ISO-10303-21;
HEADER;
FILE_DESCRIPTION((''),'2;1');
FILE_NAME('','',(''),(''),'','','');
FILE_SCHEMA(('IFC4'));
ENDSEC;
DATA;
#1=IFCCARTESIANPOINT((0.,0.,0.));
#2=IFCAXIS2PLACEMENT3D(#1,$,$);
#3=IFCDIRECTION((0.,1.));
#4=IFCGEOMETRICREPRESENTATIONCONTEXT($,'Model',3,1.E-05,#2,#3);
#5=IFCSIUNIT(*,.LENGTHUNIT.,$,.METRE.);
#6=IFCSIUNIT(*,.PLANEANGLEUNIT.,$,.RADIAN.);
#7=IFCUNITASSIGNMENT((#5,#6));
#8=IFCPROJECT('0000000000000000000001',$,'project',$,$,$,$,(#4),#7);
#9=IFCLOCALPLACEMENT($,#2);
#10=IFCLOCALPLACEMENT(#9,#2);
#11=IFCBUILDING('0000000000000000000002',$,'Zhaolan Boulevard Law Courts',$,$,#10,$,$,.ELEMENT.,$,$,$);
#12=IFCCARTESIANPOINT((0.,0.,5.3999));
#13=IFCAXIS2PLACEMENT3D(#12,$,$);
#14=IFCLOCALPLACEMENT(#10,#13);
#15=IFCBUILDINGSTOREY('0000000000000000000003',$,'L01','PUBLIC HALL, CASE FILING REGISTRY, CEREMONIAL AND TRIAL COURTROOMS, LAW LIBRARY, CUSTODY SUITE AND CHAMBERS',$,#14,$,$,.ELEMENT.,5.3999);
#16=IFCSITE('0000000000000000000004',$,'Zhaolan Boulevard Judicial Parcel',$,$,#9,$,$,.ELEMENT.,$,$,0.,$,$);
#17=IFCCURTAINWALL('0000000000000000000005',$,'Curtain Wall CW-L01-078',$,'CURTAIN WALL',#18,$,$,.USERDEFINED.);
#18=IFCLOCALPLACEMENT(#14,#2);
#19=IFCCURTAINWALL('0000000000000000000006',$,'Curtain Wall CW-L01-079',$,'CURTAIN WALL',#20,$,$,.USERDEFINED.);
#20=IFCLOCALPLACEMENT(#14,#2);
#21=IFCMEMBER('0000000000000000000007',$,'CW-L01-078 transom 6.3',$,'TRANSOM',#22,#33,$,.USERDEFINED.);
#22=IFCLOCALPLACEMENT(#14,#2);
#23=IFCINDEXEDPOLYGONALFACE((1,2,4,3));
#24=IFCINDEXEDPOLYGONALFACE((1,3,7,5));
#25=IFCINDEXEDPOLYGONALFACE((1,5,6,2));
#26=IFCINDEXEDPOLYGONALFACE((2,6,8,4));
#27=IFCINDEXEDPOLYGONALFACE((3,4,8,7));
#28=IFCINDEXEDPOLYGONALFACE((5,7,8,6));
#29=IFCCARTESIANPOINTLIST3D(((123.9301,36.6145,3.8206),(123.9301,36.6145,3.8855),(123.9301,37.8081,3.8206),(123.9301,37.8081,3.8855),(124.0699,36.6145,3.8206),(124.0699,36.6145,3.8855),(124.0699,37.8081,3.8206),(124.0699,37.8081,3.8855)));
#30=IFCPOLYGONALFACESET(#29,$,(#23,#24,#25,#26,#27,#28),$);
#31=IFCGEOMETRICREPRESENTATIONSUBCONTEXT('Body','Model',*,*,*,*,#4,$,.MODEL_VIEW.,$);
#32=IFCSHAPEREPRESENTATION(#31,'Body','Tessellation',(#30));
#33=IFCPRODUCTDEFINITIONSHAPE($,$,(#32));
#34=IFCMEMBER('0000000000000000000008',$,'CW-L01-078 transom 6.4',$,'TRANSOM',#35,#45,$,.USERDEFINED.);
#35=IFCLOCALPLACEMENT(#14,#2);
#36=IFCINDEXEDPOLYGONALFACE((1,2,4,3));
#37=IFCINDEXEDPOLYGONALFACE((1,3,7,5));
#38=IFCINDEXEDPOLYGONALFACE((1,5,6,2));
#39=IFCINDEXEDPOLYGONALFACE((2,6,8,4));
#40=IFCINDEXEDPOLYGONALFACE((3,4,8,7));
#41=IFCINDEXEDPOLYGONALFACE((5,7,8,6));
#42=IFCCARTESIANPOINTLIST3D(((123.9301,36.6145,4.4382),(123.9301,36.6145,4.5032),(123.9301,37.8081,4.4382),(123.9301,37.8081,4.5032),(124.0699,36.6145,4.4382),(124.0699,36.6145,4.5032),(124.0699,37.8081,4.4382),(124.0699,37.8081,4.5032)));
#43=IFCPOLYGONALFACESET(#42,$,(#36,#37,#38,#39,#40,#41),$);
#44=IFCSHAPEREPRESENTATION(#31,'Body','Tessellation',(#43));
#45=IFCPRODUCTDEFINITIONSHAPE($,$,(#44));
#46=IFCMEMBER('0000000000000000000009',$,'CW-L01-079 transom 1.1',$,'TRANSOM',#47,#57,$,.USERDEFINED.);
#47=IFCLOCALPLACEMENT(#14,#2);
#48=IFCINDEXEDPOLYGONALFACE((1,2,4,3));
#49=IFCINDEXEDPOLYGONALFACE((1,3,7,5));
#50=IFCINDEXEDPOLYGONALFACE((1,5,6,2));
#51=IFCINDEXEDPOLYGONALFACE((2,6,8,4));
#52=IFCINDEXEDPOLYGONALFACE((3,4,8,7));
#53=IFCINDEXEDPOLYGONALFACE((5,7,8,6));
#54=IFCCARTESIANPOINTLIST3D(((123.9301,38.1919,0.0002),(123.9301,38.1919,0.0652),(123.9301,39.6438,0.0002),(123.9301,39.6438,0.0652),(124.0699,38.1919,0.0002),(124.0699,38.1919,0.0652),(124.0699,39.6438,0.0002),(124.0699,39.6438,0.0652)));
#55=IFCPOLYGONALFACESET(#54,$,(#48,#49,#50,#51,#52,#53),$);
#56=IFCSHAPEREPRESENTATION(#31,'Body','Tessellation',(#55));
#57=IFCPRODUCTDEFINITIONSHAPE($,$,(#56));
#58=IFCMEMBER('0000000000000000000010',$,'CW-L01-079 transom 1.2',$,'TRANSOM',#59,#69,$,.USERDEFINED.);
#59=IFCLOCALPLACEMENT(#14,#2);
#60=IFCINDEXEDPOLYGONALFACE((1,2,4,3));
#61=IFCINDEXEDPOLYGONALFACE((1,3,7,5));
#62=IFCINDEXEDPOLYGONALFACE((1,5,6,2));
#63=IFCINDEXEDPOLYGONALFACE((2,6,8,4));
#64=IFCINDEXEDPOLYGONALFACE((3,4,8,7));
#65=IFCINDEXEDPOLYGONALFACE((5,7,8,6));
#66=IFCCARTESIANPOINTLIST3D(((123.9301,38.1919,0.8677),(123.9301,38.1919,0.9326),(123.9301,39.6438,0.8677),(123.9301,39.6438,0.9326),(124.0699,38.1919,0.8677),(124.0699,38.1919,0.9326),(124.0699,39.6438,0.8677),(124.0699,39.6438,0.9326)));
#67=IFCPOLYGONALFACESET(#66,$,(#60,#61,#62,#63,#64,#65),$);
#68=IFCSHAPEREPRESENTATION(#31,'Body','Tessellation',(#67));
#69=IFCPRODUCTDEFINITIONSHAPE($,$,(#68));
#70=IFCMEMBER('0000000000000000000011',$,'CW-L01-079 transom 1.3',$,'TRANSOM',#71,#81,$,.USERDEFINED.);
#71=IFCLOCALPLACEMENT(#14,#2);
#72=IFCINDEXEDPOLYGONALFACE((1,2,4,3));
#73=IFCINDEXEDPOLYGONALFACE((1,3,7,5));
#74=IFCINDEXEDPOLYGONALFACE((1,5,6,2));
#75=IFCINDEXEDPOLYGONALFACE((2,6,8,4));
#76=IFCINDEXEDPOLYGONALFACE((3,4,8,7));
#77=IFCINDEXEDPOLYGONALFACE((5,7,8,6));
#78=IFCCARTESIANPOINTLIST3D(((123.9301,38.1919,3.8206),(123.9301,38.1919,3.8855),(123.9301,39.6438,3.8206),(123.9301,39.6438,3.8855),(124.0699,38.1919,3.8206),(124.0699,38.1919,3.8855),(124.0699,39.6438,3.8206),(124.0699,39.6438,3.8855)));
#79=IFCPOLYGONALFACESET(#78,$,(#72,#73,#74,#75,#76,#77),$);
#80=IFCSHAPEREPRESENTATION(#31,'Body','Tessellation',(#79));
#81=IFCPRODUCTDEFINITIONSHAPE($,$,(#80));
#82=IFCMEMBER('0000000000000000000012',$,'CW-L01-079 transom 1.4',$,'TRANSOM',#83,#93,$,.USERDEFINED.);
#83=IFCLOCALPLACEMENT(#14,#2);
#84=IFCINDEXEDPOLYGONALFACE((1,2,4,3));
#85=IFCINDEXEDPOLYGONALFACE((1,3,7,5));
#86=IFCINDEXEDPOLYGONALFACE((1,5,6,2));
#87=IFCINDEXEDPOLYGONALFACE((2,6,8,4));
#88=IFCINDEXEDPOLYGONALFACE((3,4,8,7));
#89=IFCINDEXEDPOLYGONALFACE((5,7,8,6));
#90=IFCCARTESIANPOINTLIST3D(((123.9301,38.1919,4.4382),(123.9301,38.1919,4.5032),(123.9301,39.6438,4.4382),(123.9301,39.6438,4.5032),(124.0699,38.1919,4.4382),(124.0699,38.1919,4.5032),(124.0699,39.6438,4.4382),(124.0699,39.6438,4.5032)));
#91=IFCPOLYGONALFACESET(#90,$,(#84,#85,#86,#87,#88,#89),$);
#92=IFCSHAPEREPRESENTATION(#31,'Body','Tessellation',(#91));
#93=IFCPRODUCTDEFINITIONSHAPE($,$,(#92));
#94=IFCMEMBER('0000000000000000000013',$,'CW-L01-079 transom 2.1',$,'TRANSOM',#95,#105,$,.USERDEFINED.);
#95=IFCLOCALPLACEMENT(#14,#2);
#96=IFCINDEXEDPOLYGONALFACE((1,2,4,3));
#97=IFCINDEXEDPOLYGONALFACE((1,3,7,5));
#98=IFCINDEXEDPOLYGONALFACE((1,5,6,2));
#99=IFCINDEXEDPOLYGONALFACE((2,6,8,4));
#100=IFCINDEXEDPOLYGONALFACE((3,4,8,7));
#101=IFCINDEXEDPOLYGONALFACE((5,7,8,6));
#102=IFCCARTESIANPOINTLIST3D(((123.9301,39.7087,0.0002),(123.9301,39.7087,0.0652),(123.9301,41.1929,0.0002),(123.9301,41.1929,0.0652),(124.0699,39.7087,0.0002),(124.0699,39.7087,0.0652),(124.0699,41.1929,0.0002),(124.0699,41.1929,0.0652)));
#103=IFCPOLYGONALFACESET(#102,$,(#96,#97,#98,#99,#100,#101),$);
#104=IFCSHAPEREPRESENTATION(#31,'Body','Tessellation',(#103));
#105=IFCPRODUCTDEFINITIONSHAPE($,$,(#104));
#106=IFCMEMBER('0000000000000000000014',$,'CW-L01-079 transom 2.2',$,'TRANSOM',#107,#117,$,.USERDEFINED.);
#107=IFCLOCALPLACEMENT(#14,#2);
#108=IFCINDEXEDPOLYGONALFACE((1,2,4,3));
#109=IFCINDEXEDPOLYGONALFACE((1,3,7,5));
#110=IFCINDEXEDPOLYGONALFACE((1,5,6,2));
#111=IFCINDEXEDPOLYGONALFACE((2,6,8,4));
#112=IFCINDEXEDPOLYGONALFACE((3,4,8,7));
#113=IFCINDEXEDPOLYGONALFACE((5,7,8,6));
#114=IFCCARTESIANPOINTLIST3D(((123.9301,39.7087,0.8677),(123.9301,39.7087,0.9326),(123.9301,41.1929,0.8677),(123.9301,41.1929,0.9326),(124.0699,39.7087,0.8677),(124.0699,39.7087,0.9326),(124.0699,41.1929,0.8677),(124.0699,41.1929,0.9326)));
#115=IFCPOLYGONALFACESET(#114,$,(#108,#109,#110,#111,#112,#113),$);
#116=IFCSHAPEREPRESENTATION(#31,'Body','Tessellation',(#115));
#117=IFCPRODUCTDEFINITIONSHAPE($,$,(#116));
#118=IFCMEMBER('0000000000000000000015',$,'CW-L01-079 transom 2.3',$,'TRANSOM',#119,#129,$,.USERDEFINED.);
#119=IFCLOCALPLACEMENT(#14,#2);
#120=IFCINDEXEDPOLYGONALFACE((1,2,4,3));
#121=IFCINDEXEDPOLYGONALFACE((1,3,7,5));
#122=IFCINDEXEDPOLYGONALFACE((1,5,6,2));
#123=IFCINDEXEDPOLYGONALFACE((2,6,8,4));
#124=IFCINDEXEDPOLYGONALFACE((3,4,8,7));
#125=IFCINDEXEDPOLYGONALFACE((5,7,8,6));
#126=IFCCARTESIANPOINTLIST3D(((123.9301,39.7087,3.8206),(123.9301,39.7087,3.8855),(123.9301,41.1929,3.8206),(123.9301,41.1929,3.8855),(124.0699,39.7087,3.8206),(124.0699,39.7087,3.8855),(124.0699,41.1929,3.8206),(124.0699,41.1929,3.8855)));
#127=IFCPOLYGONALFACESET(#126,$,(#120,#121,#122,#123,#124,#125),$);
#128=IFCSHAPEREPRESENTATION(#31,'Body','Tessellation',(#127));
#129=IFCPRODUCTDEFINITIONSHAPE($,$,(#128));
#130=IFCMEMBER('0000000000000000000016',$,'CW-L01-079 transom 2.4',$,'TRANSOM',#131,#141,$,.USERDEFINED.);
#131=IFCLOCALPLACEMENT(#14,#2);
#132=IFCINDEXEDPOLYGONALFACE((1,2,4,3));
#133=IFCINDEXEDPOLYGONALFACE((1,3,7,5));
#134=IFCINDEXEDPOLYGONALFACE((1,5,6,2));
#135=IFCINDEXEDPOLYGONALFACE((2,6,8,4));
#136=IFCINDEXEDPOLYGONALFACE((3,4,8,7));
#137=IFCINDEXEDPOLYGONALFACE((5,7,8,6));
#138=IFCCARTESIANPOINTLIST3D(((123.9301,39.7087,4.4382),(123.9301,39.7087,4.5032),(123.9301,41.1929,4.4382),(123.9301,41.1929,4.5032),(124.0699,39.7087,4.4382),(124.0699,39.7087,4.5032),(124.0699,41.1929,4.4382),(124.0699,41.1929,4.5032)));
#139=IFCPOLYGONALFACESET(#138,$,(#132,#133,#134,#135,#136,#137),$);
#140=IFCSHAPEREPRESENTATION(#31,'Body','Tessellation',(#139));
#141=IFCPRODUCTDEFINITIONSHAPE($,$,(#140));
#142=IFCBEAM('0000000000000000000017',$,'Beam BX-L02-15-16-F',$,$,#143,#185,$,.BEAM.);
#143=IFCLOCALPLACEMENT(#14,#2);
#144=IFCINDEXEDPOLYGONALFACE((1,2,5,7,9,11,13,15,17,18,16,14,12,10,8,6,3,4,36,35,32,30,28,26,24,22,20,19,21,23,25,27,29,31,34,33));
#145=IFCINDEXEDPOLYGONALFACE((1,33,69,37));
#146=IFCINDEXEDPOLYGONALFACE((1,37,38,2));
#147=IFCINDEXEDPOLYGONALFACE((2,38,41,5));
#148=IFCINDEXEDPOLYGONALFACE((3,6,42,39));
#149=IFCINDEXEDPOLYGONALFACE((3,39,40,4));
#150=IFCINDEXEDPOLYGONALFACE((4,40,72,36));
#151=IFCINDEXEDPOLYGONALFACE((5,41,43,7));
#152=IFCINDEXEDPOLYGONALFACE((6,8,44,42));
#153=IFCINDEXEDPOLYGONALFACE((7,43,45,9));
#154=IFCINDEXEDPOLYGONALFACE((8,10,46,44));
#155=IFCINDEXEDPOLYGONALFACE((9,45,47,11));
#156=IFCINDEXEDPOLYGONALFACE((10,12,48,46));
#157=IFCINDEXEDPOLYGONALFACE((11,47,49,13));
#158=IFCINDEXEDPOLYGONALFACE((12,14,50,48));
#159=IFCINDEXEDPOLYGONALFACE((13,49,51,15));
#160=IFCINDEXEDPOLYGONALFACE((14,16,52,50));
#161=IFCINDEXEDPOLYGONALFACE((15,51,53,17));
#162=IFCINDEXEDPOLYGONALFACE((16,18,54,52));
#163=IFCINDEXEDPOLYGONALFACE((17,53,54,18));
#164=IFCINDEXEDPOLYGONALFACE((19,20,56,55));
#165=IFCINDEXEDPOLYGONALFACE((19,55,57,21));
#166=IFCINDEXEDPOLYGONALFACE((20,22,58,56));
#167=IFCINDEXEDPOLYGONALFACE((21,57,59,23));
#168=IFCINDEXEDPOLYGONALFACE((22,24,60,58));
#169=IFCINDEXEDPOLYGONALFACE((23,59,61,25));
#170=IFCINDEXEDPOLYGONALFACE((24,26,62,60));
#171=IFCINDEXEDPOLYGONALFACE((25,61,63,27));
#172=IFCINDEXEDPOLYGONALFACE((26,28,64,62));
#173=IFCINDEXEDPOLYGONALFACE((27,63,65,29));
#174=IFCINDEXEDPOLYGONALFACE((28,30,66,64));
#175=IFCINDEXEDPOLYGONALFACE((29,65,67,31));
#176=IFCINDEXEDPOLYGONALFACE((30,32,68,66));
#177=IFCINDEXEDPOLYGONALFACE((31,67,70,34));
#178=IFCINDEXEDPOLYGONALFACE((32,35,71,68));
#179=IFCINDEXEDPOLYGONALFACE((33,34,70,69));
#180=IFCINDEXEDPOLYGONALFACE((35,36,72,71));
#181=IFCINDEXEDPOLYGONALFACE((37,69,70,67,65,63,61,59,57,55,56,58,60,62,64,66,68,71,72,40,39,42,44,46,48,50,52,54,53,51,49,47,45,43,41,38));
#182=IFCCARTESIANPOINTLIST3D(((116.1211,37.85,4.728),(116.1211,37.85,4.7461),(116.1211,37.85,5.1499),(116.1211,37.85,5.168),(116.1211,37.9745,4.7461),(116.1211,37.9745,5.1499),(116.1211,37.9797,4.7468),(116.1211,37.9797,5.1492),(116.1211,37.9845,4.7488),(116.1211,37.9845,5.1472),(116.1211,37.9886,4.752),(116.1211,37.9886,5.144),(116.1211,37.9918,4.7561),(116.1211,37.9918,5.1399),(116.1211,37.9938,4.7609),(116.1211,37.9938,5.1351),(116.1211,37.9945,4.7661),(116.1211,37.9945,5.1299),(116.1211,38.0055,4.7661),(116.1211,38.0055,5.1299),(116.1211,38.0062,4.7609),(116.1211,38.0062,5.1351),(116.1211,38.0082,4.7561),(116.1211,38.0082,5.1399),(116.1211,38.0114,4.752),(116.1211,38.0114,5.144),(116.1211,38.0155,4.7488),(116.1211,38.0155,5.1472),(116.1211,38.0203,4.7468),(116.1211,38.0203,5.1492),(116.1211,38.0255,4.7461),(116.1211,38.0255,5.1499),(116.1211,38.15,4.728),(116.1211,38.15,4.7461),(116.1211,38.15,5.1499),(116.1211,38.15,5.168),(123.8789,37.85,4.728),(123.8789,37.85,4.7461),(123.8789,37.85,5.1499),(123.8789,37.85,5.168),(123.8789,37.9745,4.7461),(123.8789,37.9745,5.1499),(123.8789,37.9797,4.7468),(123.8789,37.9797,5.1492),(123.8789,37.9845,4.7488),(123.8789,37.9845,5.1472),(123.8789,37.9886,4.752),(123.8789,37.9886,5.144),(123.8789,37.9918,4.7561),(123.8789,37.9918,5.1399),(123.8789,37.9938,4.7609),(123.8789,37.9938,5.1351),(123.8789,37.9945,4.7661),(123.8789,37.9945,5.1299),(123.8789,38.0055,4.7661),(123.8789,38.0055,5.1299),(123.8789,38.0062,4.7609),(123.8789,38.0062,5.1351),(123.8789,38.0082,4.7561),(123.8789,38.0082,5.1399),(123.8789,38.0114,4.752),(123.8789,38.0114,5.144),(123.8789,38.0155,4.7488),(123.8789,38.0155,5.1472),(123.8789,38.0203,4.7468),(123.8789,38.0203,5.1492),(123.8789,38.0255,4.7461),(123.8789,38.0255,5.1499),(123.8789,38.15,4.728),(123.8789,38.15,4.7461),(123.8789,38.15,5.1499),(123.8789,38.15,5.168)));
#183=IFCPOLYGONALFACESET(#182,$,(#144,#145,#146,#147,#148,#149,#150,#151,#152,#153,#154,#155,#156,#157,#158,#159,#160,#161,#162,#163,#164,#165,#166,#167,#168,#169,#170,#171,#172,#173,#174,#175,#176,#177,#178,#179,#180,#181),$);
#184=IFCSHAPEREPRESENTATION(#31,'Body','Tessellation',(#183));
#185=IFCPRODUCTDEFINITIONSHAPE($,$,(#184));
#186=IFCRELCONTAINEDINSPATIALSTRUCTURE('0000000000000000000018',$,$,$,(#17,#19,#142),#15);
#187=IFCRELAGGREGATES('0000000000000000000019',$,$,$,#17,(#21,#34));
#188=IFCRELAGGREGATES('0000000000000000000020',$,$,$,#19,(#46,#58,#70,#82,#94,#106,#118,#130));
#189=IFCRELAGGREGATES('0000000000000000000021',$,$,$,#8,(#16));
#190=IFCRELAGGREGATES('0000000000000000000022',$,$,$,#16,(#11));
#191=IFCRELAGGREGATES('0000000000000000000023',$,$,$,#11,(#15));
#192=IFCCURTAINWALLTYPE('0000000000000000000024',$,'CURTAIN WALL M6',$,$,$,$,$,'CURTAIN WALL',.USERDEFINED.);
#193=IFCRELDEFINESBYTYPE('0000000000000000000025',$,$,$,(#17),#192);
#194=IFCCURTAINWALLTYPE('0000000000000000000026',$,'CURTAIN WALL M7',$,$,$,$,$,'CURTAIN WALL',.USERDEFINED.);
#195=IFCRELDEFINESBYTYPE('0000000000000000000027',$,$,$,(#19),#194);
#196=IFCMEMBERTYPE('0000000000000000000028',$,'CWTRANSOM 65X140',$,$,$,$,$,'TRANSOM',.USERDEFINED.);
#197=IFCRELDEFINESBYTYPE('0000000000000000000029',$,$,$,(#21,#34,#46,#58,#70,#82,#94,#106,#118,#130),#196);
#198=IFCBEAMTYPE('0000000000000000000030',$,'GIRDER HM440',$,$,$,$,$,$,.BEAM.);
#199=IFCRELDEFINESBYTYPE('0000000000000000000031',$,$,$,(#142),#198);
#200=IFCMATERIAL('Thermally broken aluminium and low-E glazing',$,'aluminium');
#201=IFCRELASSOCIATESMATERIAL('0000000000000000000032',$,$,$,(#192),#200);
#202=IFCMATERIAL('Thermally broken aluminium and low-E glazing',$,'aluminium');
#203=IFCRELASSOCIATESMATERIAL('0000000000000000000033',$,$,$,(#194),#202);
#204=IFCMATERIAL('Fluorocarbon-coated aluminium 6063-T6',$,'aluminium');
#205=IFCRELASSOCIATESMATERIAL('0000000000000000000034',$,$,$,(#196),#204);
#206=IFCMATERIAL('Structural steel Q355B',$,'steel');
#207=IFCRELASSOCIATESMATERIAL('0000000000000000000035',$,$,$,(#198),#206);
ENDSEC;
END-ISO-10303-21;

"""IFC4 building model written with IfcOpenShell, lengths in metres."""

from ifc_helpers import new_model, si_unit, direction, frame, origin, origin_2d, place, context, subcontext, project, spatial, rectangle, i_section, extrude, material, material_profile, profile_set, type_object, element, aggregate, save


model = new_model("IFC4")

# Units and contexts
model_context = context("Model", 3, precision=1e-05, world=origin(), true_north=direction((0.0, 1.0)))
body_context = subcontext(model_context, "Body", "Model", "MODEL_VIEW")
ifc_project = project(units=[si_unit("LENGTHUNIT", "METRE"), si_unit("PLANEANGLEUNIT", "RADIAN")], contexts=[model_context])

# Site, building, storey
site_placement = place(None, origin())
site = spatial("IfcSite", under=ifc_project, at=site_placement, Name="Zhaolan Boulevard Judicial Parcel", CompositionType="ELEMENT", RefElevation=0.0)
building_placement = place(site_placement, origin())
building = spatial("IfcBuilding", under=site, at=building_placement, Name="Zhaolan Boulevard Law Courts", CompositionType="ELEMENT")
storey_placement = place(building_placement, frame((0.0, 0.0, 5.3999)))
storey = spatial("IfcBuildingStorey", under=building, at=storey_placement, Name="L01", Description="PUBLIC HALL, CASE FILING REGISTRY, CEREMONIAL AND TRIAL COURTROOMS, LAW LIBRARY, CUSTODY SUITE AND CHAMBERS", CompositionType="ELEMENT", Elevation=5.3999)

# Curtain walls
ifc_material_1 = material(Name="Thermally broken aluminium and low-E glazing", Category="aluminium")
curtain_wall_type_1 = type_object("IfcCurtainWallType", Name="CURTAIN WALL M6", ElementType="CURTAIN WALL", PredefinedType="USERDEFINED", material=ifc_material_1)
curtain_wall_1_placement = place(storey_placement, origin())
curtain_wall_1 = element("IfcCurtainWall", 1, at=curtain_wall_1_placement, inside=storey, type_object=curtain_wall_type_1, Name="Curtain Wall CW-L01-078", ObjectType="CURTAIN WALL", PredefinedType="USERDEFINED")
ifc_material_2 = material(Name="Thermally broken aluminium and low-E glazing", Category="aluminium")
curtain_wall_type_2 = type_object("IfcCurtainWallType", Name="CURTAIN WALL M7", ElementType="CURTAIN WALL", PredefinedType="USERDEFINED", material=ifc_material_2)
curtain_wall_2_placement = place(storey_placement, origin())
curtain_wall_2 = element("IfcCurtainWall", 2, at=curtain_wall_2_placement, inside=storey, type_object=curtain_wall_type_2, Name="Curtain Wall CW-L01-079", ObjectType="CURTAIN WALL", PredefinedType="USERDEFINED")

# Members
ifc_material_3 = material(Name="Fluorocarbon-coated aluminium 6063-T6", Category="aluminium")
ifc_material_profile_1 = material_profile(ifc_material_3, rectangle(XDim=0.1399, YDim=0.0649, at=origin_2d()), Name="AL65x140")
ifc_profile_set_1 = profile_set([ifc_material_profile_1], Name="Fluorocarbon-coated aluminium 6063-T6")
member_type_1 = type_object("IfcMemberType", Name="CWTRANSOM 65X140", ElementType="TRANSOM", PredefinedType="USERDEFINED", material=ifc_profile_set_1)
member_1_placement = place(storey_placement, frame((124.0, 36.6145, 3.853), z_axis=(0.0, 1.0, 0.0), x_axis=(-1.0, 0.0, 0.0)))
member_1 = element("IfcMember", 3, at=member_1_placement, type_object=member_type_1, Name="CW-L01-078 transom 6.3", ObjectType="TRANSOM", PredefinedType="USERDEFINED", context=body_context, shape_type="SweptSolid", body=[
    extrude(rectangle(XDim=0.1399, YDim=0.0649, at=origin_2d()), origin(), (0.0, 0.0, 1.0), 1.1936),
])
member_2_placement = place(storey_placement, frame((124.0, 36.6145, 4.4707), z_axis=(0.0, 1.0, 0.0), x_axis=(-1.0, 0.0, 0.0)))
member_2 = element("IfcMember", 4, at=member_2_placement, type_object=member_type_1, Name="CW-L01-078 transom 6.4", ObjectType="TRANSOM", PredefinedType="USERDEFINED", context=body_context, shape_type="SweptSolid", body=[
    extrude(rectangle(XDim=0.1399, YDim=0.0649, at=origin_2d()), origin(), (0.0, 0.0, 1.0), 1.1936),
])
member_3_placement = place(storey_placement, frame((124.0, 38.1919, 0.0327), z_axis=(0.0, 1.0, 0.0), x_axis=(-1.0, 0.0, 0.0)))
member_3 = element("IfcMember", 5, at=member_3_placement, type_object=member_type_1, Name="CW-L01-079 transom 1.1", ObjectType="TRANSOM", PredefinedType="USERDEFINED", context=body_context, shape_type="SweptSolid", body=[
    extrude(rectangle(XDim=0.1399, YDim=0.0649, at=origin_2d()), origin(), (0.0, 0.0, 1.0), 1.4519),
])
member_4_placement = place(storey_placement, frame((124.0, 38.1919, 0.9001), z_axis=(0.0, 1.0, 0.0), x_axis=(-1.0, 0.0, 0.0)))
member_4 = element("IfcMember", 6, at=member_4_placement, type_object=member_type_1, Name="CW-L01-079 transom 1.2", ObjectType="TRANSOM", PredefinedType="USERDEFINED", context=body_context, shape_type="SweptSolid", body=[
    extrude(rectangle(XDim=0.1399, YDim=0.0649, at=origin_2d()), origin(), (0.0, 0.0, 1.0), 1.4519),
])
member_5_placement = place(storey_placement, frame((124.0, 38.1919, 3.853), z_axis=(0.0, 1.0, 0.0), x_axis=(-1.0, 0.0, 0.0)))
member_5 = element("IfcMember", 7, at=member_5_placement, type_object=member_type_1, Name="CW-L01-079 transom 1.3", ObjectType="TRANSOM", PredefinedType="USERDEFINED", context=body_context, shape_type="SweptSolid", body=[
    extrude(rectangle(XDim=0.1399, YDim=0.0649, at=origin_2d()), origin(), (0.0, 0.0, 1.0), 1.4519),
])
member_6_placement = place(storey_placement, frame((124.0, 38.1919, 4.4707), z_axis=(0.0, 1.0, 0.0), x_axis=(-1.0, 0.0, 0.0)))
member_6 = element("IfcMember", 8, at=member_6_placement, type_object=member_type_1, Name="CW-L01-079 transom 1.4", ObjectType="TRANSOM", PredefinedType="USERDEFINED", context=body_context, shape_type="SweptSolid", body=[
    extrude(rectangle(XDim=0.1399, YDim=0.0649, at=origin_2d()), origin(), (0.0, 0.0, 1.0), 1.4519),
])
member_7_placement = place(storey_placement, frame((124.0, 39.7087, 0.0327), z_axis=(0.0, 1.0, 0.0), x_axis=(-1.0, 0.0, 0.0)))
member_7 = element("IfcMember", 9, at=member_7_placement, type_object=member_type_1, Name="CW-L01-079 transom 2.1", ObjectType="TRANSOM", PredefinedType="USERDEFINED", context=body_context, shape_type="SweptSolid", body=[
    extrude(rectangle(XDim=0.1399, YDim=0.0649, at=origin_2d()), origin(), (0.0, 0.0, 1.0), 1.4841),
])
member_8_placement = place(storey_placement, frame((124.0, 39.7087, 0.9001), z_axis=(0.0, 1.0, 0.0), x_axis=(-1.0, 0.0, 0.0)))
member_8 = element("IfcMember", 10, at=member_8_placement, type_object=member_type_1, Name="CW-L01-079 transom 2.2", ObjectType="TRANSOM", PredefinedType="USERDEFINED", context=body_context, shape_type="SweptSolid", body=[
    extrude(rectangle(XDim=0.1399, YDim=0.0649, at=origin_2d()), origin(), (0.0, 0.0, 1.0), 1.4841),
])
member_9_placement = place(storey_placement, frame((124.0, 39.7087, 3.853), z_axis=(0.0, 1.0, 0.0), x_axis=(-1.0, 0.0, 0.0)))
member_9 = element("IfcMember", 11, at=member_9_placement, type_object=member_type_1, Name="CW-L01-079 transom 2.3", ObjectType="TRANSOM", PredefinedType="USERDEFINED", context=body_context, shape_type="SweptSolid", body=[
    extrude(rectangle(XDim=0.1399, YDim=0.0649, at=origin_2d()), origin(), (0.0, 0.0, 1.0), 1.4841),
])
member_10_placement = place(storey_placement, frame((124.0, 39.7087, 4.4707), z_axis=(0.0, 1.0, 0.0), x_axis=(-1.0, 0.0, 0.0)))
member_10 = element("IfcMember", 12, at=member_10_placement, type_object=member_type_1, Name="CW-L01-079 transom 2.4", ObjectType="TRANSOM", PredefinedType="USERDEFINED", context=body_context, shape_type="SweptSolid", body=[
    extrude(rectangle(XDim=0.1399, YDim=0.0649, at=origin_2d()), origin(), (0.0, 0.0, 1.0), 1.4841),
])

# Beam
ifc_material_4 = material(Name="Structural steel Q355B", Category="steel")
ifc_material_profile_2 = material_profile(ifc_material_4, i_section(OverallWidth=0.3, OverallDepth=0.4399, WebThickness=0.011, FlangeThickness=0.0181, FilletRadius=0.02, at=origin_2d()), Name="HM440x300")
ifc_profile_set_2 = profile_set([ifc_material_profile_2], Name="Structural steel Q355B")
beam_type_1 = type_object("IfcBeamType", Name="GIRDER HM440", PredefinedType="BEAM", material=ifc_profile_set_2)
for number, where, z_axis, x_axis, name in (
    (13, (116.1211, 38.0, 4.948), (1.0, 0.0, 0.0), (0.0, 1.0, 0.0), "Beam BX-L02-15-16-F"),
):
    element("IfcBeam", number, at=place(storey_placement, frame(where, z_axis=z_axis, x_axis=x_axis)), inside=storey, type_object=beam_type_1, Name=name, PredefinedType="BEAM", context=body_context, shape_type="SweptSolid", body=[
        extrude(i_section(OverallWidth=0.3, OverallDepth=0.4399, WebThickness=0.011, FlangeThickness=0.0181, FilletRadius=0.02, at=origin_2d()), origin(), (0.0, 0.0, 1.0), 7.7578),
    ])

aggregate(curtain_wall_1, [member_1, member_2])
aggregate(curtain_wall_2, [member_3, member_4, member_5, member_6, member_7, member_8, member_9, member_10])

save(model, "model.ifc")
